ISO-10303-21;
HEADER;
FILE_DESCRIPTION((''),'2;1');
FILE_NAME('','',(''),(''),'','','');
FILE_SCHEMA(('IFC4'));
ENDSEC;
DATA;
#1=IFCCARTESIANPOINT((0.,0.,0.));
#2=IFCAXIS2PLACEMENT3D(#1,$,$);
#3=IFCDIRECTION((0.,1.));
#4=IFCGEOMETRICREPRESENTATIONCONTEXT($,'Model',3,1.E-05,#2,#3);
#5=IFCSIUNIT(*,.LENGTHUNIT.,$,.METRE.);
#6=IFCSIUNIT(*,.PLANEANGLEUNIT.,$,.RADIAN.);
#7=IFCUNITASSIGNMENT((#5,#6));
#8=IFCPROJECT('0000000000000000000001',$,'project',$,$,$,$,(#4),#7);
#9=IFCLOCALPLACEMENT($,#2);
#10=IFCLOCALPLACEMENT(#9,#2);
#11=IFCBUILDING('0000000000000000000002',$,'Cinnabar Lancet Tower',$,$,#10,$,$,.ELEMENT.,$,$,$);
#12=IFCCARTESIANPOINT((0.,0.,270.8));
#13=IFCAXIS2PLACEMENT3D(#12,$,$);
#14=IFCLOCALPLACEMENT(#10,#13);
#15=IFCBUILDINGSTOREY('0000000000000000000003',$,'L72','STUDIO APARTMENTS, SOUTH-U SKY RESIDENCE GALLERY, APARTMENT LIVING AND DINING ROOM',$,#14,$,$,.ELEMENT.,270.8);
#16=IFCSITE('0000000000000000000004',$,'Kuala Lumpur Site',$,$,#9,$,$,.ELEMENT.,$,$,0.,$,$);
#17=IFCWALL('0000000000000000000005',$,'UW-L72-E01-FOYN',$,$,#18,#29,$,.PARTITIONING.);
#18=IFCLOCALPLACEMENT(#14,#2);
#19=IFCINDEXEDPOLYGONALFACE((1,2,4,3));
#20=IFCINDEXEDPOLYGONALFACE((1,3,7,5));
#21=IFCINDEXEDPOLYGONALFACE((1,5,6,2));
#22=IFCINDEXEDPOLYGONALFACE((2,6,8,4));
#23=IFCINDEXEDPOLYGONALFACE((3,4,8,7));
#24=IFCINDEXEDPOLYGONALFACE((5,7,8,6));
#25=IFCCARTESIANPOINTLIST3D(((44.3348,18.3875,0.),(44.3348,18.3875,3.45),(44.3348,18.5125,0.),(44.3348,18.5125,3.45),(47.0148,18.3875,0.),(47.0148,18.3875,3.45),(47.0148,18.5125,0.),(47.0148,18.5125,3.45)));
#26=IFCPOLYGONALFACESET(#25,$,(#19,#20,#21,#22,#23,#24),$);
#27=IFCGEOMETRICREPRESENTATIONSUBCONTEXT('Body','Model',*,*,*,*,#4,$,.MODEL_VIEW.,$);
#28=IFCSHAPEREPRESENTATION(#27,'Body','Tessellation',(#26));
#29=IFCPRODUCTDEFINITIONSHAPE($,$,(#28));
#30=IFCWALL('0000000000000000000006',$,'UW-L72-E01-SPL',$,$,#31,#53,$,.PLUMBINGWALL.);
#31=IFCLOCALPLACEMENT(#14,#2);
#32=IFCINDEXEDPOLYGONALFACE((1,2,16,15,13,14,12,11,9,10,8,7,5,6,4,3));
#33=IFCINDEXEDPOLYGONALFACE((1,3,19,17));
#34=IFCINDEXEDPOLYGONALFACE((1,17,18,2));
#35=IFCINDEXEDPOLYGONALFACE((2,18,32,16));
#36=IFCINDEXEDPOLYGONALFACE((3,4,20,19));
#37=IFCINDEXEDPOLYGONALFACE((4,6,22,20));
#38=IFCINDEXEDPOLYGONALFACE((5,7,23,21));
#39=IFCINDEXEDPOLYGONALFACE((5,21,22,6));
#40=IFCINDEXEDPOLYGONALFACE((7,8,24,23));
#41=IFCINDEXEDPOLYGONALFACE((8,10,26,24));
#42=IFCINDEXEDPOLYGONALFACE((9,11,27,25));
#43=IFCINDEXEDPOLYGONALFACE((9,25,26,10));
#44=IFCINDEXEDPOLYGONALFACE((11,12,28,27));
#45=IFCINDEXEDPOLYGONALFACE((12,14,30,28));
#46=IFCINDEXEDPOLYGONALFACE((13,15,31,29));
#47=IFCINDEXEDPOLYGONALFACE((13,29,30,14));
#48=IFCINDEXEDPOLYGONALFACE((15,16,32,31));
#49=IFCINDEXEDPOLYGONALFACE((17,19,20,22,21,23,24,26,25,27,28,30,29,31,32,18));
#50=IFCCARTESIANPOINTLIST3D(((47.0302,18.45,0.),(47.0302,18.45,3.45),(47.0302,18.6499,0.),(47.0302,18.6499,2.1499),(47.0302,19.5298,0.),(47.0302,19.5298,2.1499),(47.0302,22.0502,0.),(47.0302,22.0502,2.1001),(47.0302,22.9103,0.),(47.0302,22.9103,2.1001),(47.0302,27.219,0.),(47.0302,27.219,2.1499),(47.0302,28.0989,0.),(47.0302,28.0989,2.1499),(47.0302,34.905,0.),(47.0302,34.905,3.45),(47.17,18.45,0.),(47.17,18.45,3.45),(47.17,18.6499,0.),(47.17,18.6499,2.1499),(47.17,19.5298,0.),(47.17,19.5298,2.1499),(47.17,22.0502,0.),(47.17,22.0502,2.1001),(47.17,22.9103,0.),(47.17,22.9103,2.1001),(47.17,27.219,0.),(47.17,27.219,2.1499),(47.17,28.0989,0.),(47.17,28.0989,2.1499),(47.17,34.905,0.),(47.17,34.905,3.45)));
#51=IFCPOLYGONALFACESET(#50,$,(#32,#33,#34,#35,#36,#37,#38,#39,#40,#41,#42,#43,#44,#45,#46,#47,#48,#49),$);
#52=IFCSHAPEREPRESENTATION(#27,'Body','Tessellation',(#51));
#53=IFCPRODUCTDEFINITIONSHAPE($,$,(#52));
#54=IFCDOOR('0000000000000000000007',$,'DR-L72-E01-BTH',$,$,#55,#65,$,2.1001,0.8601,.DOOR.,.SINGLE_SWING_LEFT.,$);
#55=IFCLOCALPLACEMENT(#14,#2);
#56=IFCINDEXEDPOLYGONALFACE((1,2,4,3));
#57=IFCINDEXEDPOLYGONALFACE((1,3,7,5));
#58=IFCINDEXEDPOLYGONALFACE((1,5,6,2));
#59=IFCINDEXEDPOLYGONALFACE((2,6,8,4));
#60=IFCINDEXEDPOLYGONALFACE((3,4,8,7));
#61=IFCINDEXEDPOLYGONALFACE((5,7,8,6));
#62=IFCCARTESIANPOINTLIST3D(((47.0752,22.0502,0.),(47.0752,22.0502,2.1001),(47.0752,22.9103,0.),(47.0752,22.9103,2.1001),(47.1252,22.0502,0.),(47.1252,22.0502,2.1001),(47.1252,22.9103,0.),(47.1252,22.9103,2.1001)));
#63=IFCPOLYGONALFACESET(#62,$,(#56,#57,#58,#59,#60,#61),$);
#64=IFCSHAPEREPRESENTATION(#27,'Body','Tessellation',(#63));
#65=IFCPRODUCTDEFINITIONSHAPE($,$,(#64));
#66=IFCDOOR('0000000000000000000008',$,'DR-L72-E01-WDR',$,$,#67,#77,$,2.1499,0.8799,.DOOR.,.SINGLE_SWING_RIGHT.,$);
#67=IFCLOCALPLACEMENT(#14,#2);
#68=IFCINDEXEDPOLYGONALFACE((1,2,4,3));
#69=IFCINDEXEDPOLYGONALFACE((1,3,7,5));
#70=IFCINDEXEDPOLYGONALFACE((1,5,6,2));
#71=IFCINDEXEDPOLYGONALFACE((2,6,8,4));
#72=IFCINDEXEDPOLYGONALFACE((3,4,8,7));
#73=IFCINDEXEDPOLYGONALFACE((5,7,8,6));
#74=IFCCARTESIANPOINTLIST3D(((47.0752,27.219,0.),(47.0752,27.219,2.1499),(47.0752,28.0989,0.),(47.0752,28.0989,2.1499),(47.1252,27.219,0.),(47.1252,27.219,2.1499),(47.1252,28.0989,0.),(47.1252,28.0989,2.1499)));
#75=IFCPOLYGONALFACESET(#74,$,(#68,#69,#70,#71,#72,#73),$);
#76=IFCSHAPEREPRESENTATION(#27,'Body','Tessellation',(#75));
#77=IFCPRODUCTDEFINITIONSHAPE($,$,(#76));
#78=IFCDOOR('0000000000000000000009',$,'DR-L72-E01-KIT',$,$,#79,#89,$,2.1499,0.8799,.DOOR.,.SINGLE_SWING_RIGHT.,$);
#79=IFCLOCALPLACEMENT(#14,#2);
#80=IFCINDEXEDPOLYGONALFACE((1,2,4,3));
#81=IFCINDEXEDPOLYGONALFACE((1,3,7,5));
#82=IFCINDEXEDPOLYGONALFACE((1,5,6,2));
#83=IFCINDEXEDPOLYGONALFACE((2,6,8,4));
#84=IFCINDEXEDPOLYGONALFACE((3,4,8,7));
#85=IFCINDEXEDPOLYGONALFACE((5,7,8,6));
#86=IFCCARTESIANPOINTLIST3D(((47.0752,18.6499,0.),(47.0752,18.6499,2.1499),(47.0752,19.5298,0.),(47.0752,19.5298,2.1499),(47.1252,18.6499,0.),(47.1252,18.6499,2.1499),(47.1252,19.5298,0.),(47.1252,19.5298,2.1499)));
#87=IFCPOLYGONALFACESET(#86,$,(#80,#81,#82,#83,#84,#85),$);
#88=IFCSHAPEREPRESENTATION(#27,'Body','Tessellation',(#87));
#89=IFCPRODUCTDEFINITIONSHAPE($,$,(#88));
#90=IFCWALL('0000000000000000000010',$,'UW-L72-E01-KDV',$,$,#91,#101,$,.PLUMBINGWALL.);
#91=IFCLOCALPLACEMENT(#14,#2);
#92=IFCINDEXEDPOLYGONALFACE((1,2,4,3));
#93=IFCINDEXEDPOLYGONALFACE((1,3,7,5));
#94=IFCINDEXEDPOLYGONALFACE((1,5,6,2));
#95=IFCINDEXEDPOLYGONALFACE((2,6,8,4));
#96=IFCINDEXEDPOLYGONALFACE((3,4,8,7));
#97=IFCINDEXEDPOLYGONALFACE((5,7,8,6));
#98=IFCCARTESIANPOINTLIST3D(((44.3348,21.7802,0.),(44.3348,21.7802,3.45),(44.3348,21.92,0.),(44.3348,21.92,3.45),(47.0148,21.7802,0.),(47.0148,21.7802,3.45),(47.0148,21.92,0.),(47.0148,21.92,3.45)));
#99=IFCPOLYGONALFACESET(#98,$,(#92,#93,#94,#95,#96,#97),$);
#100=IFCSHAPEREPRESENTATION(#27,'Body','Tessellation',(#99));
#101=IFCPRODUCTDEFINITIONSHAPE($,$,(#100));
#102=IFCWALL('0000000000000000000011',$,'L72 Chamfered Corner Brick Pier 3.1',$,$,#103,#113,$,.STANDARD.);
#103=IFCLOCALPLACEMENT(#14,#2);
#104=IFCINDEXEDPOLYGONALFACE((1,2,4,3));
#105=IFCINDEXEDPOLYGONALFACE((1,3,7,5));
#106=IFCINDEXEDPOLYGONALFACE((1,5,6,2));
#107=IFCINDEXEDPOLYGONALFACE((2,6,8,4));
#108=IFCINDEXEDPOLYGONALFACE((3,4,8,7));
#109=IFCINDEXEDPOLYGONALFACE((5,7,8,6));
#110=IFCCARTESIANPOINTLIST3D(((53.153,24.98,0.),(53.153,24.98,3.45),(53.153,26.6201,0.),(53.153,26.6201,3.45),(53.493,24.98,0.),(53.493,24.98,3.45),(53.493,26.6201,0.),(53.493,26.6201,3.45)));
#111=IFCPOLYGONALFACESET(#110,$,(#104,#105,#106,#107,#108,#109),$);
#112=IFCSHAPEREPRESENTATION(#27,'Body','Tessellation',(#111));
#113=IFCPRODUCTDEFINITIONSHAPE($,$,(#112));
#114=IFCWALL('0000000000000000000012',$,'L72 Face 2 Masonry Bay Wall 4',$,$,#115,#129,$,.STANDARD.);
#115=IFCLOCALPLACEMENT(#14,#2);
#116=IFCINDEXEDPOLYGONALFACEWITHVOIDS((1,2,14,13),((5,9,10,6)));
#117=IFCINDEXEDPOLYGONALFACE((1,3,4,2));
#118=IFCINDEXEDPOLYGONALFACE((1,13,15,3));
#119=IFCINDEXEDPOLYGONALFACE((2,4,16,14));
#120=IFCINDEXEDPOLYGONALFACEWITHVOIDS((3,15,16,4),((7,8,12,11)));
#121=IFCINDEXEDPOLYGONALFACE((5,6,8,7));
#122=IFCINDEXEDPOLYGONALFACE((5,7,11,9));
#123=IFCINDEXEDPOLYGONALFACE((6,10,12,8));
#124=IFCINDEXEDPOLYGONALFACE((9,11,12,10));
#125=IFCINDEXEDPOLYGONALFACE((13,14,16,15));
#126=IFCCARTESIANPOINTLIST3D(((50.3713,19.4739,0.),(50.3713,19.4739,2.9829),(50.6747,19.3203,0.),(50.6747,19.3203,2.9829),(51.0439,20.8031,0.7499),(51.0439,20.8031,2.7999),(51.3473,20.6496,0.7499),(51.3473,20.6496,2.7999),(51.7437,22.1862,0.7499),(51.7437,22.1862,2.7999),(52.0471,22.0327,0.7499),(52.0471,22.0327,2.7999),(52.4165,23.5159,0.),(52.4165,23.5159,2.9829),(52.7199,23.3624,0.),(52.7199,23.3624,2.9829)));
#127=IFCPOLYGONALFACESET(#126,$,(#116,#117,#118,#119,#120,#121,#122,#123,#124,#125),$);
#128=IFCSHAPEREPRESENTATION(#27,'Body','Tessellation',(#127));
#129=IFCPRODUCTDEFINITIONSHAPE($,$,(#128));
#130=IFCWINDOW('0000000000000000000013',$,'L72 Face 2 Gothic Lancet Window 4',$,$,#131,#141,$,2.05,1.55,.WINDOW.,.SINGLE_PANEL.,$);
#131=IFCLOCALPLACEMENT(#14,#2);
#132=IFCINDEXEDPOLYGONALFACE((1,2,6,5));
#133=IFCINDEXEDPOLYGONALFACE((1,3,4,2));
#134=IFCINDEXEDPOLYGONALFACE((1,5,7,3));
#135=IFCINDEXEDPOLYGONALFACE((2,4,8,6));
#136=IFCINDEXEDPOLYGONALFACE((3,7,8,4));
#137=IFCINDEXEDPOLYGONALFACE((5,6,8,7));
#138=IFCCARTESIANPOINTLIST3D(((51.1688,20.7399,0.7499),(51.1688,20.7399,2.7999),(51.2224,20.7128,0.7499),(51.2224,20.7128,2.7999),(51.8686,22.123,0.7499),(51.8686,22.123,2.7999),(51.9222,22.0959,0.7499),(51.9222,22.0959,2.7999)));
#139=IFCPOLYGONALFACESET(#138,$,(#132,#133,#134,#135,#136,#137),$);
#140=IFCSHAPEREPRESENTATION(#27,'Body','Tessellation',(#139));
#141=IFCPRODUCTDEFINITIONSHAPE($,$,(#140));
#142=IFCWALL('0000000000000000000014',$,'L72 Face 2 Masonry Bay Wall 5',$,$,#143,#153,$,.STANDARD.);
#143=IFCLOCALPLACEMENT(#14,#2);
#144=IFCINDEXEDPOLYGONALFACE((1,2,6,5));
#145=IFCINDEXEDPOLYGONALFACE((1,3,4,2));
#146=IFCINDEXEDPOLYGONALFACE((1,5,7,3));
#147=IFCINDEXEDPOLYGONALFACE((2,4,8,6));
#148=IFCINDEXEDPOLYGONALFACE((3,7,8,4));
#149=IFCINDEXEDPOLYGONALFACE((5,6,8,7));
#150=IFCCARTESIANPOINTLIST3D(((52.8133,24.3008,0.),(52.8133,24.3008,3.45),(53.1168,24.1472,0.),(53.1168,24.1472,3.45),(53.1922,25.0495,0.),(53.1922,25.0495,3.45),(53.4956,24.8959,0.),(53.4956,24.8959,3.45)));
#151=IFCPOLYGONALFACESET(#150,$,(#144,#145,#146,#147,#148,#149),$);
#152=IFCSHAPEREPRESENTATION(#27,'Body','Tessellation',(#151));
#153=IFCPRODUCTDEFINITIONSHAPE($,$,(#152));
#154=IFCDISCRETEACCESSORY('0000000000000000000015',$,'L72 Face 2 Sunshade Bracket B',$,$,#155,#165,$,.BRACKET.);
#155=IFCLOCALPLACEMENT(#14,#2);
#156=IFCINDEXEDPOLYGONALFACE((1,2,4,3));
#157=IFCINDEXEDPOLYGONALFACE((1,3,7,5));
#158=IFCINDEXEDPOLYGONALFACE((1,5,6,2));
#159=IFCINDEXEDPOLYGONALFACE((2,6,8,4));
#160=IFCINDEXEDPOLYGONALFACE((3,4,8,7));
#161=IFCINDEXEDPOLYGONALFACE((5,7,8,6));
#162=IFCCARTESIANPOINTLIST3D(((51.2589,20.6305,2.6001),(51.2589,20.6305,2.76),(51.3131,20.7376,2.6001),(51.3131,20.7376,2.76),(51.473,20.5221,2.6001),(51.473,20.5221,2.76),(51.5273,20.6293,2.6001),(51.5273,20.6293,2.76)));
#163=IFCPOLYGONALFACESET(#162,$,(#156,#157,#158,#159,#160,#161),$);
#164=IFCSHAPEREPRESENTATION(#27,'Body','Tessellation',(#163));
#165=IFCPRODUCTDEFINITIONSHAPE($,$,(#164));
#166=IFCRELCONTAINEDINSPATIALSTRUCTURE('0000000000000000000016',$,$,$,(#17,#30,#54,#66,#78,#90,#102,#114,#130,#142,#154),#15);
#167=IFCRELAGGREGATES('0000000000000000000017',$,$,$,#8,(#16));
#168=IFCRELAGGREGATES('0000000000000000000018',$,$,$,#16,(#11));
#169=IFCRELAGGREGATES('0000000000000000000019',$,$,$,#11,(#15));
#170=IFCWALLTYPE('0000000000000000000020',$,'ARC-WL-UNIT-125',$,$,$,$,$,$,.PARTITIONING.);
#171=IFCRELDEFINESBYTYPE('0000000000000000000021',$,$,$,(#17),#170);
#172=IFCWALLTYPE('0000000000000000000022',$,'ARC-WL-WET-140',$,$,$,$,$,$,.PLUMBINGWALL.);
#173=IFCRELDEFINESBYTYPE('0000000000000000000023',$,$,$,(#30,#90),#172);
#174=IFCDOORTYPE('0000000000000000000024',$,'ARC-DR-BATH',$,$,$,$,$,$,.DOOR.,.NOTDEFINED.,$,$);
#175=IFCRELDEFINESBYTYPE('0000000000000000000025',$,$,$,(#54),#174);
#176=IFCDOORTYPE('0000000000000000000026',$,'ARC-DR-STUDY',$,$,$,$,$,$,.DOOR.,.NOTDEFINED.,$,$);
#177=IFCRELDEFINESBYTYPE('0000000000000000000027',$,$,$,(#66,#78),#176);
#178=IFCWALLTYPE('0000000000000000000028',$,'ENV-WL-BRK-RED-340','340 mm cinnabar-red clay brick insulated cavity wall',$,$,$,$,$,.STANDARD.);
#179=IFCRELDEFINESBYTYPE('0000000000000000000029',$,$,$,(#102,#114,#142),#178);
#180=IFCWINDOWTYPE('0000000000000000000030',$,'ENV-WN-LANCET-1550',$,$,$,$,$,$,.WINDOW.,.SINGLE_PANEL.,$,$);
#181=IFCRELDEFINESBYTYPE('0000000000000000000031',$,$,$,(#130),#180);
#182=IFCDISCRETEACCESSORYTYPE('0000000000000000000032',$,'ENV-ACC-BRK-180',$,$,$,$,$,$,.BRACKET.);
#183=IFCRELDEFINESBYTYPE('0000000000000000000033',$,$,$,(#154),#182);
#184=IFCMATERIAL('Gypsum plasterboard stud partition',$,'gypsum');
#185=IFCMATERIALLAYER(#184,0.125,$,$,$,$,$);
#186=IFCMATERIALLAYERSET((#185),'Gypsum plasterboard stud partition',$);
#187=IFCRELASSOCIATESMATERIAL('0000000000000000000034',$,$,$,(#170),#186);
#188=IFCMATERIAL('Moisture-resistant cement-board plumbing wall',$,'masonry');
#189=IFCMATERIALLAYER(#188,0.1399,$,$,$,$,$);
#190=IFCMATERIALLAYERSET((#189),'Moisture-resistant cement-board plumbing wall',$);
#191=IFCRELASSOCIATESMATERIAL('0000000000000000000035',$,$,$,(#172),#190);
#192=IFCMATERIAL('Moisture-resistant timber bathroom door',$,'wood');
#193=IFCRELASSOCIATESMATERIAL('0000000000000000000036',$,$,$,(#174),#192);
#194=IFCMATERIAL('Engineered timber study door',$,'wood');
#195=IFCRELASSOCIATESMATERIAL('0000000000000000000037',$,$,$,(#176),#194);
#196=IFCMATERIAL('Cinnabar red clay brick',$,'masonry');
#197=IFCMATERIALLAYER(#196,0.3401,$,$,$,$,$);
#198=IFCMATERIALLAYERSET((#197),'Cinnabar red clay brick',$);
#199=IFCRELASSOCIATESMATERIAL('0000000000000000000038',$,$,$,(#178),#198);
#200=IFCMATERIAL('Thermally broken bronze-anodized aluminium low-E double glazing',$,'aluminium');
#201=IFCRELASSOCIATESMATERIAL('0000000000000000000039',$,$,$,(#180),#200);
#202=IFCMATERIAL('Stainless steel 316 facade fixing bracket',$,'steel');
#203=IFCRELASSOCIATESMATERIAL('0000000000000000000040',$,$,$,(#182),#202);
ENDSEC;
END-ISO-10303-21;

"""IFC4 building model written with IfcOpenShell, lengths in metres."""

from ifc_helpers import new_model, si_unit, direction, frame, frame_2d, origin, origin_2d, place, context, subcontext, project, spatial, rectangle, extrude, material, layer, layer_set, type_object, element, fill, save


model = new_model("IFC4")

# Units and contexts
model_context = context("Model", 3, precision=1e-05, world=origin(), true_north=direction((0.0, 1.0)))
body_context = subcontext(model_context, "Body", "Model", "MODEL_VIEW")
ifc_project = project(units=[si_unit("LENGTHUNIT", "METRE"), si_unit("PLANEANGLEUNIT", "RADIAN")], contexts=[model_context])

# Site, building, storey
site_placement = place(None, origin())
site = spatial("IfcSite", under=ifc_project, at=site_placement, Name="Kuala Lumpur Site", CompositionType="ELEMENT", RefElevation=0.0)
building_placement = place(site_placement, origin())
building = spatial("IfcBuilding", under=site, at=building_placement, Name="Cinnabar Lancet Tower", CompositionType="ELEMENT")
storey_placement = place(building_placement, frame((0.0, 0.0, 270.8)))
storey = spatial("IfcBuildingStorey", under=building, at=storey_placement, Name="L72", Description="STUDIO APARTMENTS, SOUTH-U SKY RESIDENCE GALLERY, APARTMENT LIVING AND DINING ROOM", CompositionType="ELEMENT", Elevation=270.8)

# Wall
ifc_material_1 = material(Name="Gypsum plasterboard stud partition", Category="gypsum")
ifc_layer_1 = layer(ifc_material_1, 0.125)
ifc_layer_set_1 = layer_set([ifc_layer_1], Name="Gypsum plasterboard stud partition")
wall_type_1 = type_object("IfcWallType", Name="ARC-WL-UNIT-125", PredefinedType="PARTITIONING", material=ifc_layer_set_1)
wall_1_placement = place(storey_placement, frame((44.335, 18.45, 0.0), z_axis=(0.0, 0.0, 1.0), x_axis=(1.0, 0.0, 0.0)))
element("IfcWall", 1, at=wall_1_placement, inside=storey, type_object=wall_type_1, Name="UW-L72-E01-FOYN", PredefinedType="PARTITIONING", context=body_context, shape_type="SweptSolid", body=[
    extrude(rectangle(XDim=2.6799, YDim=0.125, at=frame_2d((1.3398, 0.0))), origin(), (0.0, 0.0, 1.0), 3.45),
])

# Wall, openings, doors
ifc_material_2 = material(Name="Moisture-resistant cement-board plumbing wall", Category="masonry")
ifc_layer_2 = layer(ifc_material_2, 0.1399)
ifc_layer_set_2 = layer_set([ifc_layer_2], Name="Moisture-resistant cement-board plumbing wall")
wall_type_2 = type_object("IfcWallType", Name="ARC-WL-WET-140", PredefinedType="PLUMBINGWALL", material=ifc_layer_set_2)
wall_2_placement = place(storey_placement, frame((47.1001, 18.45, 0.0), z_axis=(0.0, 0.0, 1.0), x_axis=(0.0, 1.0, 0.0)))
wall_2 = element("IfcWall", 2, at=wall_2_placement, inside=storey, type_object=wall_type_2, Name="UW-L72-E01-SPL", PredefinedType="PLUMBINGWALL", context=body_context, shape_type="SweptSolid", body=[
    extrude(rectangle(XDim=16.4551, YDim=0.1399, at=frame_2d((8.2275, 0.0))), origin(), (0.0, 0.0, 1.0), 3.45),
])
opening_1_placement = place(wall_2_placement, frame((3.6001, 0.0, 0.0)))
opening_1 = element("IfcOpeningElement", 3, at=opening_1_placement, cuts=wall_2, PredefinedType="OPENING", context=body_context, shape_type="SweptSolid", body=[
    extrude(rectangle(XDim=0.8601, YDim=2.1001, at=frame_2d((0.4302, 1.05))), frame((0.0, 0.0798, 0.0), z_axis=(0.0, -1.0, 0.0), x_axis=(1.0, 0.0, 0.0)), (0.0, 0.0, 1.0), 0.1599),
])
opening_2_placement = place(wall_2_placement, frame((8.769, 0.0, 0.0)))
opening_2 = element("IfcOpeningElement", 4, at=opening_2_placement, cuts=wall_2, PredefinedType="OPENING", context=body_context, shape_type="SweptSolid", body=[
    extrude(rectangle(XDim=0.8799, YDim=2.1499, at=frame_2d((0.4399, 1.075))), frame((0.0, 0.0798, 0.0), z_axis=(0.0, -1.0, 0.0), x_axis=(1.0, 0.0, 0.0)), (0.0, 0.0, 1.0), 0.1599),
])
opening_3_placement = place(wall_2_placement, frame((0.2, 0.0, 0.0)))
opening_3 = element("IfcOpeningElement", 5, at=opening_3_placement, cuts=wall_2, PredefinedType="OPENING", context=body_context, shape_type="SweptSolid", body=[
    extrude(rectangle(XDim=0.8799, YDim=2.1499, at=frame_2d((0.4399, 1.075))), frame((0.0, 0.0798, 0.0), z_axis=(0.0, -1.0, 0.0), x_axis=(1.0, 0.0, 0.0)), (0.0, 0.0, 1.0), 0.1599),
])
ifc_material_3 = material(Name="Moisture-resistant timber bathroom door", Category="wood")
door_type_1 = type_object("IfcDoorType", Name="ARC-DR-BATH", OperationType="NOTDEFINED", PredefinedType="DOOR", material=ifc_material_3)
door_1_placement = place(opening_1_placement, origin())
door_1 = element("IfcDoor", 6, at=door_1_placement, inside=storey, type_object=door_type_1, Name="DR-L72-E01-BTH", OperationType="SINGLE_SWING_LEFT", OverallHeight=2.1001, OverallWidth=0.8601, PredefinedType="DOOR", context=body_context, shape_type="SweptSolid", body=[
    extrude(rectangle(XDim=0.8601, YDim=2.1001, at=frame_2d((0.4302, 1.05))), frame((0.0, 0.0249, 0.0), z_axis=(0.0, -1.0, 0.0), x_axis=(1.0, 0.0, 0.0)), (0.0, 0.0, 1.0), 0.05),
])
fill(opening_1, door_1)
ifc_material_4 = material(Name="Engineered timber study door", Category="wood")
door_type_2 = type_object("IfcDoorType", Name="ARC-DR-STUDY", OperationType="NOTDEFINED", PredefinedType="DOOR", material=ifc_material_4)
door_2_placement = place(opening_2_placement, origin())
door_2 = element("IfcDoor", 7, at=door_2_placement, inside=storey, type_object=door_type_2, Name="DR-L72-E01-WDR", OperationType="SINGLE_SWING_RIGHT", OverallHeight=2.1499, OverallWidth=0.8799, PredefinedType="DOOR", context=body_context, shape_type="SweptSolid", body=[
    extrude(rectangle(XDim=0.8799, YDim=2.1499, at=frame_2d((0.4399, 1.075))), frame((0.0, 0.0249, 0.0), z_axis=(0.0, -1.0, 0.0), x_axis=(1.0, 0.0, 0.0)), (0.0, 0.0, 1.0), 0.05),
])
fill(opening_2, door_2)
door_3_placement = place(opening_3_placement, origin())
door_3 = element("IfcDoor", 8, at=door_3_placement, inside=storey, type_object=door_type_2, Name="DR-L72-E01-KIT", OperationType="SINGLE_SWING_RIGHT", OverallHeight=2.1499, OverallWidth=0.8799, PredefinedType="DOOR", context=body_context, shape_type="SweptSolid", body=[
    extrude(rectangle(XDim=0.8799, YDim=2.1499, at=frame_2d((0.4399, 1.075))), frame((0.0, 0.0249, 0.0), z_axis=(0.0, -1.0, 0.0), x_axis=(1.0, 0.0, 0.0)), (0.0, 0.0, 1.0), 0.05),
])
fill(opening_3, door_3)

# Walls
wall_3_placement = place(storey_placement, frame((44.335, 21.8501, 0.0), z_axis=(0.0, 0.0, 1.0), x_axis=(1.0, 0.0, 0.0)))
element("IfcWall", 9, at=wall_3_placement, inside=storey, type_object=wall_type_2, Name="UW-L72-E01-KDV", PredefinedType="PLUMBINGWALL", context=body_context, shape_type="SweptSolid", body=[
    extrude(rectangle(XDim=2.6799, YDim=0.1399, at=frame_2d((1.3398, 0.0))), origin(), (0.0, 0.0, 1.0), 3.45),
])
ifc_material_5 = material(Name="Cinnabar red clay brick", Category="masonry")
ifc_layer_3 = layer(ifc_material_5, 0.3401)
ifc_layer_set_3 = layer_set([ifc_layer_3], Name="Cinnabar red clay brick")
wall_type_3 = type_object("IfcWallType", Name="ENV-WL-BRK-RED-340", Description="340 mm cinnabar-red clay brick insulated cavity wall", PredefinedType="STANDARD", material=ifc_layer_set_3)
wall_4_placement = place(storey_placement, frame((53.323, 24.98, 0.0), z_axis=(0.0, 0.0, 1.0), x_axis=(0.0, 1.0, 0.0)))
element("IfcWall", 10, at=wall_4_placement, inside=storey, type_object=wall_type_3, Name="L72 Chamfered Corner Brick Pier 3.1", PredefinedType="STANDARD", context=body_context, shape_type="SweptSolid", body=[
    extrude(rectangle(XDim=1.6401, YDim=0.3401, at=frame_2d((0.8201, 0.0))), origin(), (0.0, 0.0, 1.0), 3.45),
])

# Wall, opening, window
wall_5_placement = place(storey_placement, frame((50.5229, 19.397, 0.0), z_axis=(0.0, 0.0, 1.0), x_axis=(0.451477, 0.892283, 0.0)))
wall_5 = element("IfcWall", 11, at=wall_5_placement, inside=storey, type_object=wall_type_3, Name="L72 Face 2 Masonry Bay Wall 4", PredefinedType="STANDARD", context=body_context, shape_type="SweptSolid", body=[
    extrude(rectangle(XDim=4.53, YDim=0.3401, at=frame_2d((2.2651, 0.0))), origin(), (0.0, 0.0, 1.0), 2.9829),
])
opening_4_placement = place(wall_5_placement, frame((1.49, 0.0, 0.75)))
opening_4 = element("IfcOpeningElement", 12, at=opening_4_placement, cuts=wall_5, PredefinedType="OPENING", context=body_context, shape_type="SweptSolid", body=[
    extrude(rectangle(XDim=1.55, YDim=2.05, at=frame_2d((0.7749, 1.0249))), frame((0.0, 0.1799, 0.0), z_axis=(0.0, -1.0, 0.0), x_axis=(1.0, 0.0, 0.0)), (0.0, 0.0, 1.0), 0.3601),
])
ifc_material_6 = material(Name="Thermally broken bronze-anodized aluminium low-E double glazing", Category="aluminium")
window_type = type_object("IfcWindowType", Name="ENV-WN-LANCET-1550", PartitioningType="SINGLE_PANEL", PredefinedType="WINDOW", material=ifc_material_6)
window_placement = place(opening_4_placement, origin())
window = element("IfcWindow", 13, at=window_placement, inside=storey, type_object=window_type, Name="L72 Face 2 Gothic Lancet Window 4", OverallHeight=2.05, OverallWidth=1.55, PartitioningType="SINGLE_PANEL", PredefinedType="WINDOW", context=body_context, shape_type="SweptSolid", body=[
    extrude(rectangle(XDim=1.55, YDim=2.05, at=frame_2d((0.7749, 1.0249))), frame((0.0, 0.03, 0.0), z_axis=(0.0, -1.0, 0.0), x_axis=(1.0, 0.0, 0.0)), (0.0, 0.0, 1.0), 0.0601),
])
fill(opening_4, window)

# Wall
wall_6_placement = place(storey_placement, frame((52.9651, 24.2241, 0.0), z_axis=(0.0, 0.0, 1.0), x_axis=(0.451514, 0.892264, 0.0)))
element("IfcWall", 14, at=wall_6_placement, inside=storey, type_object=wall_type_3, Name="L72 Face 2 Masonry Bay Wall 5", PredefinedType="STANDARD", context=body_context, shape_type="SweptSolid", body=[
    extrude(rectangle(XDim=0.8391, YDim=0.3401, at=frame_2d((0.4194, 0.0))), origin(), (0.0, 0.0, 1.0), 3.45),
])

# Discrete accessory
ifc_material_7 = material(Name="Stainless steel 316 facade fixing bracket", Category="steel")
discrete_accessory_type = type_object("IfcDiscreteAccessoryType", Name="ENV-ACC-BRK-180", PredefinedType="BRACKET", material=ifc_material_7)
discrete_accessory_placement = place(storey_placement, frame((51.3931, 20.6299, 2.6001), z_axis=(0.0, 0.0, 1.0), x_axis=(0.451376, 0.892334, 0.0)))
element("IfcDiscreteAccessory", 15, at=discrete_accessory_placement, inside=storey, type_object=discrete_accessory_type, Name="L72 Face 2 Sunshade Bracket B", PredefinedType="BRACKET", context=body_context, shape_type="SweptSolid", body=[
    extrude(rectangle(XDim=0.1201, YDim=0.24, at=origin_2d()), origin(), (0.0, 0.0, 1.0), 0.1599),
])

save(model, "model.ifc")
